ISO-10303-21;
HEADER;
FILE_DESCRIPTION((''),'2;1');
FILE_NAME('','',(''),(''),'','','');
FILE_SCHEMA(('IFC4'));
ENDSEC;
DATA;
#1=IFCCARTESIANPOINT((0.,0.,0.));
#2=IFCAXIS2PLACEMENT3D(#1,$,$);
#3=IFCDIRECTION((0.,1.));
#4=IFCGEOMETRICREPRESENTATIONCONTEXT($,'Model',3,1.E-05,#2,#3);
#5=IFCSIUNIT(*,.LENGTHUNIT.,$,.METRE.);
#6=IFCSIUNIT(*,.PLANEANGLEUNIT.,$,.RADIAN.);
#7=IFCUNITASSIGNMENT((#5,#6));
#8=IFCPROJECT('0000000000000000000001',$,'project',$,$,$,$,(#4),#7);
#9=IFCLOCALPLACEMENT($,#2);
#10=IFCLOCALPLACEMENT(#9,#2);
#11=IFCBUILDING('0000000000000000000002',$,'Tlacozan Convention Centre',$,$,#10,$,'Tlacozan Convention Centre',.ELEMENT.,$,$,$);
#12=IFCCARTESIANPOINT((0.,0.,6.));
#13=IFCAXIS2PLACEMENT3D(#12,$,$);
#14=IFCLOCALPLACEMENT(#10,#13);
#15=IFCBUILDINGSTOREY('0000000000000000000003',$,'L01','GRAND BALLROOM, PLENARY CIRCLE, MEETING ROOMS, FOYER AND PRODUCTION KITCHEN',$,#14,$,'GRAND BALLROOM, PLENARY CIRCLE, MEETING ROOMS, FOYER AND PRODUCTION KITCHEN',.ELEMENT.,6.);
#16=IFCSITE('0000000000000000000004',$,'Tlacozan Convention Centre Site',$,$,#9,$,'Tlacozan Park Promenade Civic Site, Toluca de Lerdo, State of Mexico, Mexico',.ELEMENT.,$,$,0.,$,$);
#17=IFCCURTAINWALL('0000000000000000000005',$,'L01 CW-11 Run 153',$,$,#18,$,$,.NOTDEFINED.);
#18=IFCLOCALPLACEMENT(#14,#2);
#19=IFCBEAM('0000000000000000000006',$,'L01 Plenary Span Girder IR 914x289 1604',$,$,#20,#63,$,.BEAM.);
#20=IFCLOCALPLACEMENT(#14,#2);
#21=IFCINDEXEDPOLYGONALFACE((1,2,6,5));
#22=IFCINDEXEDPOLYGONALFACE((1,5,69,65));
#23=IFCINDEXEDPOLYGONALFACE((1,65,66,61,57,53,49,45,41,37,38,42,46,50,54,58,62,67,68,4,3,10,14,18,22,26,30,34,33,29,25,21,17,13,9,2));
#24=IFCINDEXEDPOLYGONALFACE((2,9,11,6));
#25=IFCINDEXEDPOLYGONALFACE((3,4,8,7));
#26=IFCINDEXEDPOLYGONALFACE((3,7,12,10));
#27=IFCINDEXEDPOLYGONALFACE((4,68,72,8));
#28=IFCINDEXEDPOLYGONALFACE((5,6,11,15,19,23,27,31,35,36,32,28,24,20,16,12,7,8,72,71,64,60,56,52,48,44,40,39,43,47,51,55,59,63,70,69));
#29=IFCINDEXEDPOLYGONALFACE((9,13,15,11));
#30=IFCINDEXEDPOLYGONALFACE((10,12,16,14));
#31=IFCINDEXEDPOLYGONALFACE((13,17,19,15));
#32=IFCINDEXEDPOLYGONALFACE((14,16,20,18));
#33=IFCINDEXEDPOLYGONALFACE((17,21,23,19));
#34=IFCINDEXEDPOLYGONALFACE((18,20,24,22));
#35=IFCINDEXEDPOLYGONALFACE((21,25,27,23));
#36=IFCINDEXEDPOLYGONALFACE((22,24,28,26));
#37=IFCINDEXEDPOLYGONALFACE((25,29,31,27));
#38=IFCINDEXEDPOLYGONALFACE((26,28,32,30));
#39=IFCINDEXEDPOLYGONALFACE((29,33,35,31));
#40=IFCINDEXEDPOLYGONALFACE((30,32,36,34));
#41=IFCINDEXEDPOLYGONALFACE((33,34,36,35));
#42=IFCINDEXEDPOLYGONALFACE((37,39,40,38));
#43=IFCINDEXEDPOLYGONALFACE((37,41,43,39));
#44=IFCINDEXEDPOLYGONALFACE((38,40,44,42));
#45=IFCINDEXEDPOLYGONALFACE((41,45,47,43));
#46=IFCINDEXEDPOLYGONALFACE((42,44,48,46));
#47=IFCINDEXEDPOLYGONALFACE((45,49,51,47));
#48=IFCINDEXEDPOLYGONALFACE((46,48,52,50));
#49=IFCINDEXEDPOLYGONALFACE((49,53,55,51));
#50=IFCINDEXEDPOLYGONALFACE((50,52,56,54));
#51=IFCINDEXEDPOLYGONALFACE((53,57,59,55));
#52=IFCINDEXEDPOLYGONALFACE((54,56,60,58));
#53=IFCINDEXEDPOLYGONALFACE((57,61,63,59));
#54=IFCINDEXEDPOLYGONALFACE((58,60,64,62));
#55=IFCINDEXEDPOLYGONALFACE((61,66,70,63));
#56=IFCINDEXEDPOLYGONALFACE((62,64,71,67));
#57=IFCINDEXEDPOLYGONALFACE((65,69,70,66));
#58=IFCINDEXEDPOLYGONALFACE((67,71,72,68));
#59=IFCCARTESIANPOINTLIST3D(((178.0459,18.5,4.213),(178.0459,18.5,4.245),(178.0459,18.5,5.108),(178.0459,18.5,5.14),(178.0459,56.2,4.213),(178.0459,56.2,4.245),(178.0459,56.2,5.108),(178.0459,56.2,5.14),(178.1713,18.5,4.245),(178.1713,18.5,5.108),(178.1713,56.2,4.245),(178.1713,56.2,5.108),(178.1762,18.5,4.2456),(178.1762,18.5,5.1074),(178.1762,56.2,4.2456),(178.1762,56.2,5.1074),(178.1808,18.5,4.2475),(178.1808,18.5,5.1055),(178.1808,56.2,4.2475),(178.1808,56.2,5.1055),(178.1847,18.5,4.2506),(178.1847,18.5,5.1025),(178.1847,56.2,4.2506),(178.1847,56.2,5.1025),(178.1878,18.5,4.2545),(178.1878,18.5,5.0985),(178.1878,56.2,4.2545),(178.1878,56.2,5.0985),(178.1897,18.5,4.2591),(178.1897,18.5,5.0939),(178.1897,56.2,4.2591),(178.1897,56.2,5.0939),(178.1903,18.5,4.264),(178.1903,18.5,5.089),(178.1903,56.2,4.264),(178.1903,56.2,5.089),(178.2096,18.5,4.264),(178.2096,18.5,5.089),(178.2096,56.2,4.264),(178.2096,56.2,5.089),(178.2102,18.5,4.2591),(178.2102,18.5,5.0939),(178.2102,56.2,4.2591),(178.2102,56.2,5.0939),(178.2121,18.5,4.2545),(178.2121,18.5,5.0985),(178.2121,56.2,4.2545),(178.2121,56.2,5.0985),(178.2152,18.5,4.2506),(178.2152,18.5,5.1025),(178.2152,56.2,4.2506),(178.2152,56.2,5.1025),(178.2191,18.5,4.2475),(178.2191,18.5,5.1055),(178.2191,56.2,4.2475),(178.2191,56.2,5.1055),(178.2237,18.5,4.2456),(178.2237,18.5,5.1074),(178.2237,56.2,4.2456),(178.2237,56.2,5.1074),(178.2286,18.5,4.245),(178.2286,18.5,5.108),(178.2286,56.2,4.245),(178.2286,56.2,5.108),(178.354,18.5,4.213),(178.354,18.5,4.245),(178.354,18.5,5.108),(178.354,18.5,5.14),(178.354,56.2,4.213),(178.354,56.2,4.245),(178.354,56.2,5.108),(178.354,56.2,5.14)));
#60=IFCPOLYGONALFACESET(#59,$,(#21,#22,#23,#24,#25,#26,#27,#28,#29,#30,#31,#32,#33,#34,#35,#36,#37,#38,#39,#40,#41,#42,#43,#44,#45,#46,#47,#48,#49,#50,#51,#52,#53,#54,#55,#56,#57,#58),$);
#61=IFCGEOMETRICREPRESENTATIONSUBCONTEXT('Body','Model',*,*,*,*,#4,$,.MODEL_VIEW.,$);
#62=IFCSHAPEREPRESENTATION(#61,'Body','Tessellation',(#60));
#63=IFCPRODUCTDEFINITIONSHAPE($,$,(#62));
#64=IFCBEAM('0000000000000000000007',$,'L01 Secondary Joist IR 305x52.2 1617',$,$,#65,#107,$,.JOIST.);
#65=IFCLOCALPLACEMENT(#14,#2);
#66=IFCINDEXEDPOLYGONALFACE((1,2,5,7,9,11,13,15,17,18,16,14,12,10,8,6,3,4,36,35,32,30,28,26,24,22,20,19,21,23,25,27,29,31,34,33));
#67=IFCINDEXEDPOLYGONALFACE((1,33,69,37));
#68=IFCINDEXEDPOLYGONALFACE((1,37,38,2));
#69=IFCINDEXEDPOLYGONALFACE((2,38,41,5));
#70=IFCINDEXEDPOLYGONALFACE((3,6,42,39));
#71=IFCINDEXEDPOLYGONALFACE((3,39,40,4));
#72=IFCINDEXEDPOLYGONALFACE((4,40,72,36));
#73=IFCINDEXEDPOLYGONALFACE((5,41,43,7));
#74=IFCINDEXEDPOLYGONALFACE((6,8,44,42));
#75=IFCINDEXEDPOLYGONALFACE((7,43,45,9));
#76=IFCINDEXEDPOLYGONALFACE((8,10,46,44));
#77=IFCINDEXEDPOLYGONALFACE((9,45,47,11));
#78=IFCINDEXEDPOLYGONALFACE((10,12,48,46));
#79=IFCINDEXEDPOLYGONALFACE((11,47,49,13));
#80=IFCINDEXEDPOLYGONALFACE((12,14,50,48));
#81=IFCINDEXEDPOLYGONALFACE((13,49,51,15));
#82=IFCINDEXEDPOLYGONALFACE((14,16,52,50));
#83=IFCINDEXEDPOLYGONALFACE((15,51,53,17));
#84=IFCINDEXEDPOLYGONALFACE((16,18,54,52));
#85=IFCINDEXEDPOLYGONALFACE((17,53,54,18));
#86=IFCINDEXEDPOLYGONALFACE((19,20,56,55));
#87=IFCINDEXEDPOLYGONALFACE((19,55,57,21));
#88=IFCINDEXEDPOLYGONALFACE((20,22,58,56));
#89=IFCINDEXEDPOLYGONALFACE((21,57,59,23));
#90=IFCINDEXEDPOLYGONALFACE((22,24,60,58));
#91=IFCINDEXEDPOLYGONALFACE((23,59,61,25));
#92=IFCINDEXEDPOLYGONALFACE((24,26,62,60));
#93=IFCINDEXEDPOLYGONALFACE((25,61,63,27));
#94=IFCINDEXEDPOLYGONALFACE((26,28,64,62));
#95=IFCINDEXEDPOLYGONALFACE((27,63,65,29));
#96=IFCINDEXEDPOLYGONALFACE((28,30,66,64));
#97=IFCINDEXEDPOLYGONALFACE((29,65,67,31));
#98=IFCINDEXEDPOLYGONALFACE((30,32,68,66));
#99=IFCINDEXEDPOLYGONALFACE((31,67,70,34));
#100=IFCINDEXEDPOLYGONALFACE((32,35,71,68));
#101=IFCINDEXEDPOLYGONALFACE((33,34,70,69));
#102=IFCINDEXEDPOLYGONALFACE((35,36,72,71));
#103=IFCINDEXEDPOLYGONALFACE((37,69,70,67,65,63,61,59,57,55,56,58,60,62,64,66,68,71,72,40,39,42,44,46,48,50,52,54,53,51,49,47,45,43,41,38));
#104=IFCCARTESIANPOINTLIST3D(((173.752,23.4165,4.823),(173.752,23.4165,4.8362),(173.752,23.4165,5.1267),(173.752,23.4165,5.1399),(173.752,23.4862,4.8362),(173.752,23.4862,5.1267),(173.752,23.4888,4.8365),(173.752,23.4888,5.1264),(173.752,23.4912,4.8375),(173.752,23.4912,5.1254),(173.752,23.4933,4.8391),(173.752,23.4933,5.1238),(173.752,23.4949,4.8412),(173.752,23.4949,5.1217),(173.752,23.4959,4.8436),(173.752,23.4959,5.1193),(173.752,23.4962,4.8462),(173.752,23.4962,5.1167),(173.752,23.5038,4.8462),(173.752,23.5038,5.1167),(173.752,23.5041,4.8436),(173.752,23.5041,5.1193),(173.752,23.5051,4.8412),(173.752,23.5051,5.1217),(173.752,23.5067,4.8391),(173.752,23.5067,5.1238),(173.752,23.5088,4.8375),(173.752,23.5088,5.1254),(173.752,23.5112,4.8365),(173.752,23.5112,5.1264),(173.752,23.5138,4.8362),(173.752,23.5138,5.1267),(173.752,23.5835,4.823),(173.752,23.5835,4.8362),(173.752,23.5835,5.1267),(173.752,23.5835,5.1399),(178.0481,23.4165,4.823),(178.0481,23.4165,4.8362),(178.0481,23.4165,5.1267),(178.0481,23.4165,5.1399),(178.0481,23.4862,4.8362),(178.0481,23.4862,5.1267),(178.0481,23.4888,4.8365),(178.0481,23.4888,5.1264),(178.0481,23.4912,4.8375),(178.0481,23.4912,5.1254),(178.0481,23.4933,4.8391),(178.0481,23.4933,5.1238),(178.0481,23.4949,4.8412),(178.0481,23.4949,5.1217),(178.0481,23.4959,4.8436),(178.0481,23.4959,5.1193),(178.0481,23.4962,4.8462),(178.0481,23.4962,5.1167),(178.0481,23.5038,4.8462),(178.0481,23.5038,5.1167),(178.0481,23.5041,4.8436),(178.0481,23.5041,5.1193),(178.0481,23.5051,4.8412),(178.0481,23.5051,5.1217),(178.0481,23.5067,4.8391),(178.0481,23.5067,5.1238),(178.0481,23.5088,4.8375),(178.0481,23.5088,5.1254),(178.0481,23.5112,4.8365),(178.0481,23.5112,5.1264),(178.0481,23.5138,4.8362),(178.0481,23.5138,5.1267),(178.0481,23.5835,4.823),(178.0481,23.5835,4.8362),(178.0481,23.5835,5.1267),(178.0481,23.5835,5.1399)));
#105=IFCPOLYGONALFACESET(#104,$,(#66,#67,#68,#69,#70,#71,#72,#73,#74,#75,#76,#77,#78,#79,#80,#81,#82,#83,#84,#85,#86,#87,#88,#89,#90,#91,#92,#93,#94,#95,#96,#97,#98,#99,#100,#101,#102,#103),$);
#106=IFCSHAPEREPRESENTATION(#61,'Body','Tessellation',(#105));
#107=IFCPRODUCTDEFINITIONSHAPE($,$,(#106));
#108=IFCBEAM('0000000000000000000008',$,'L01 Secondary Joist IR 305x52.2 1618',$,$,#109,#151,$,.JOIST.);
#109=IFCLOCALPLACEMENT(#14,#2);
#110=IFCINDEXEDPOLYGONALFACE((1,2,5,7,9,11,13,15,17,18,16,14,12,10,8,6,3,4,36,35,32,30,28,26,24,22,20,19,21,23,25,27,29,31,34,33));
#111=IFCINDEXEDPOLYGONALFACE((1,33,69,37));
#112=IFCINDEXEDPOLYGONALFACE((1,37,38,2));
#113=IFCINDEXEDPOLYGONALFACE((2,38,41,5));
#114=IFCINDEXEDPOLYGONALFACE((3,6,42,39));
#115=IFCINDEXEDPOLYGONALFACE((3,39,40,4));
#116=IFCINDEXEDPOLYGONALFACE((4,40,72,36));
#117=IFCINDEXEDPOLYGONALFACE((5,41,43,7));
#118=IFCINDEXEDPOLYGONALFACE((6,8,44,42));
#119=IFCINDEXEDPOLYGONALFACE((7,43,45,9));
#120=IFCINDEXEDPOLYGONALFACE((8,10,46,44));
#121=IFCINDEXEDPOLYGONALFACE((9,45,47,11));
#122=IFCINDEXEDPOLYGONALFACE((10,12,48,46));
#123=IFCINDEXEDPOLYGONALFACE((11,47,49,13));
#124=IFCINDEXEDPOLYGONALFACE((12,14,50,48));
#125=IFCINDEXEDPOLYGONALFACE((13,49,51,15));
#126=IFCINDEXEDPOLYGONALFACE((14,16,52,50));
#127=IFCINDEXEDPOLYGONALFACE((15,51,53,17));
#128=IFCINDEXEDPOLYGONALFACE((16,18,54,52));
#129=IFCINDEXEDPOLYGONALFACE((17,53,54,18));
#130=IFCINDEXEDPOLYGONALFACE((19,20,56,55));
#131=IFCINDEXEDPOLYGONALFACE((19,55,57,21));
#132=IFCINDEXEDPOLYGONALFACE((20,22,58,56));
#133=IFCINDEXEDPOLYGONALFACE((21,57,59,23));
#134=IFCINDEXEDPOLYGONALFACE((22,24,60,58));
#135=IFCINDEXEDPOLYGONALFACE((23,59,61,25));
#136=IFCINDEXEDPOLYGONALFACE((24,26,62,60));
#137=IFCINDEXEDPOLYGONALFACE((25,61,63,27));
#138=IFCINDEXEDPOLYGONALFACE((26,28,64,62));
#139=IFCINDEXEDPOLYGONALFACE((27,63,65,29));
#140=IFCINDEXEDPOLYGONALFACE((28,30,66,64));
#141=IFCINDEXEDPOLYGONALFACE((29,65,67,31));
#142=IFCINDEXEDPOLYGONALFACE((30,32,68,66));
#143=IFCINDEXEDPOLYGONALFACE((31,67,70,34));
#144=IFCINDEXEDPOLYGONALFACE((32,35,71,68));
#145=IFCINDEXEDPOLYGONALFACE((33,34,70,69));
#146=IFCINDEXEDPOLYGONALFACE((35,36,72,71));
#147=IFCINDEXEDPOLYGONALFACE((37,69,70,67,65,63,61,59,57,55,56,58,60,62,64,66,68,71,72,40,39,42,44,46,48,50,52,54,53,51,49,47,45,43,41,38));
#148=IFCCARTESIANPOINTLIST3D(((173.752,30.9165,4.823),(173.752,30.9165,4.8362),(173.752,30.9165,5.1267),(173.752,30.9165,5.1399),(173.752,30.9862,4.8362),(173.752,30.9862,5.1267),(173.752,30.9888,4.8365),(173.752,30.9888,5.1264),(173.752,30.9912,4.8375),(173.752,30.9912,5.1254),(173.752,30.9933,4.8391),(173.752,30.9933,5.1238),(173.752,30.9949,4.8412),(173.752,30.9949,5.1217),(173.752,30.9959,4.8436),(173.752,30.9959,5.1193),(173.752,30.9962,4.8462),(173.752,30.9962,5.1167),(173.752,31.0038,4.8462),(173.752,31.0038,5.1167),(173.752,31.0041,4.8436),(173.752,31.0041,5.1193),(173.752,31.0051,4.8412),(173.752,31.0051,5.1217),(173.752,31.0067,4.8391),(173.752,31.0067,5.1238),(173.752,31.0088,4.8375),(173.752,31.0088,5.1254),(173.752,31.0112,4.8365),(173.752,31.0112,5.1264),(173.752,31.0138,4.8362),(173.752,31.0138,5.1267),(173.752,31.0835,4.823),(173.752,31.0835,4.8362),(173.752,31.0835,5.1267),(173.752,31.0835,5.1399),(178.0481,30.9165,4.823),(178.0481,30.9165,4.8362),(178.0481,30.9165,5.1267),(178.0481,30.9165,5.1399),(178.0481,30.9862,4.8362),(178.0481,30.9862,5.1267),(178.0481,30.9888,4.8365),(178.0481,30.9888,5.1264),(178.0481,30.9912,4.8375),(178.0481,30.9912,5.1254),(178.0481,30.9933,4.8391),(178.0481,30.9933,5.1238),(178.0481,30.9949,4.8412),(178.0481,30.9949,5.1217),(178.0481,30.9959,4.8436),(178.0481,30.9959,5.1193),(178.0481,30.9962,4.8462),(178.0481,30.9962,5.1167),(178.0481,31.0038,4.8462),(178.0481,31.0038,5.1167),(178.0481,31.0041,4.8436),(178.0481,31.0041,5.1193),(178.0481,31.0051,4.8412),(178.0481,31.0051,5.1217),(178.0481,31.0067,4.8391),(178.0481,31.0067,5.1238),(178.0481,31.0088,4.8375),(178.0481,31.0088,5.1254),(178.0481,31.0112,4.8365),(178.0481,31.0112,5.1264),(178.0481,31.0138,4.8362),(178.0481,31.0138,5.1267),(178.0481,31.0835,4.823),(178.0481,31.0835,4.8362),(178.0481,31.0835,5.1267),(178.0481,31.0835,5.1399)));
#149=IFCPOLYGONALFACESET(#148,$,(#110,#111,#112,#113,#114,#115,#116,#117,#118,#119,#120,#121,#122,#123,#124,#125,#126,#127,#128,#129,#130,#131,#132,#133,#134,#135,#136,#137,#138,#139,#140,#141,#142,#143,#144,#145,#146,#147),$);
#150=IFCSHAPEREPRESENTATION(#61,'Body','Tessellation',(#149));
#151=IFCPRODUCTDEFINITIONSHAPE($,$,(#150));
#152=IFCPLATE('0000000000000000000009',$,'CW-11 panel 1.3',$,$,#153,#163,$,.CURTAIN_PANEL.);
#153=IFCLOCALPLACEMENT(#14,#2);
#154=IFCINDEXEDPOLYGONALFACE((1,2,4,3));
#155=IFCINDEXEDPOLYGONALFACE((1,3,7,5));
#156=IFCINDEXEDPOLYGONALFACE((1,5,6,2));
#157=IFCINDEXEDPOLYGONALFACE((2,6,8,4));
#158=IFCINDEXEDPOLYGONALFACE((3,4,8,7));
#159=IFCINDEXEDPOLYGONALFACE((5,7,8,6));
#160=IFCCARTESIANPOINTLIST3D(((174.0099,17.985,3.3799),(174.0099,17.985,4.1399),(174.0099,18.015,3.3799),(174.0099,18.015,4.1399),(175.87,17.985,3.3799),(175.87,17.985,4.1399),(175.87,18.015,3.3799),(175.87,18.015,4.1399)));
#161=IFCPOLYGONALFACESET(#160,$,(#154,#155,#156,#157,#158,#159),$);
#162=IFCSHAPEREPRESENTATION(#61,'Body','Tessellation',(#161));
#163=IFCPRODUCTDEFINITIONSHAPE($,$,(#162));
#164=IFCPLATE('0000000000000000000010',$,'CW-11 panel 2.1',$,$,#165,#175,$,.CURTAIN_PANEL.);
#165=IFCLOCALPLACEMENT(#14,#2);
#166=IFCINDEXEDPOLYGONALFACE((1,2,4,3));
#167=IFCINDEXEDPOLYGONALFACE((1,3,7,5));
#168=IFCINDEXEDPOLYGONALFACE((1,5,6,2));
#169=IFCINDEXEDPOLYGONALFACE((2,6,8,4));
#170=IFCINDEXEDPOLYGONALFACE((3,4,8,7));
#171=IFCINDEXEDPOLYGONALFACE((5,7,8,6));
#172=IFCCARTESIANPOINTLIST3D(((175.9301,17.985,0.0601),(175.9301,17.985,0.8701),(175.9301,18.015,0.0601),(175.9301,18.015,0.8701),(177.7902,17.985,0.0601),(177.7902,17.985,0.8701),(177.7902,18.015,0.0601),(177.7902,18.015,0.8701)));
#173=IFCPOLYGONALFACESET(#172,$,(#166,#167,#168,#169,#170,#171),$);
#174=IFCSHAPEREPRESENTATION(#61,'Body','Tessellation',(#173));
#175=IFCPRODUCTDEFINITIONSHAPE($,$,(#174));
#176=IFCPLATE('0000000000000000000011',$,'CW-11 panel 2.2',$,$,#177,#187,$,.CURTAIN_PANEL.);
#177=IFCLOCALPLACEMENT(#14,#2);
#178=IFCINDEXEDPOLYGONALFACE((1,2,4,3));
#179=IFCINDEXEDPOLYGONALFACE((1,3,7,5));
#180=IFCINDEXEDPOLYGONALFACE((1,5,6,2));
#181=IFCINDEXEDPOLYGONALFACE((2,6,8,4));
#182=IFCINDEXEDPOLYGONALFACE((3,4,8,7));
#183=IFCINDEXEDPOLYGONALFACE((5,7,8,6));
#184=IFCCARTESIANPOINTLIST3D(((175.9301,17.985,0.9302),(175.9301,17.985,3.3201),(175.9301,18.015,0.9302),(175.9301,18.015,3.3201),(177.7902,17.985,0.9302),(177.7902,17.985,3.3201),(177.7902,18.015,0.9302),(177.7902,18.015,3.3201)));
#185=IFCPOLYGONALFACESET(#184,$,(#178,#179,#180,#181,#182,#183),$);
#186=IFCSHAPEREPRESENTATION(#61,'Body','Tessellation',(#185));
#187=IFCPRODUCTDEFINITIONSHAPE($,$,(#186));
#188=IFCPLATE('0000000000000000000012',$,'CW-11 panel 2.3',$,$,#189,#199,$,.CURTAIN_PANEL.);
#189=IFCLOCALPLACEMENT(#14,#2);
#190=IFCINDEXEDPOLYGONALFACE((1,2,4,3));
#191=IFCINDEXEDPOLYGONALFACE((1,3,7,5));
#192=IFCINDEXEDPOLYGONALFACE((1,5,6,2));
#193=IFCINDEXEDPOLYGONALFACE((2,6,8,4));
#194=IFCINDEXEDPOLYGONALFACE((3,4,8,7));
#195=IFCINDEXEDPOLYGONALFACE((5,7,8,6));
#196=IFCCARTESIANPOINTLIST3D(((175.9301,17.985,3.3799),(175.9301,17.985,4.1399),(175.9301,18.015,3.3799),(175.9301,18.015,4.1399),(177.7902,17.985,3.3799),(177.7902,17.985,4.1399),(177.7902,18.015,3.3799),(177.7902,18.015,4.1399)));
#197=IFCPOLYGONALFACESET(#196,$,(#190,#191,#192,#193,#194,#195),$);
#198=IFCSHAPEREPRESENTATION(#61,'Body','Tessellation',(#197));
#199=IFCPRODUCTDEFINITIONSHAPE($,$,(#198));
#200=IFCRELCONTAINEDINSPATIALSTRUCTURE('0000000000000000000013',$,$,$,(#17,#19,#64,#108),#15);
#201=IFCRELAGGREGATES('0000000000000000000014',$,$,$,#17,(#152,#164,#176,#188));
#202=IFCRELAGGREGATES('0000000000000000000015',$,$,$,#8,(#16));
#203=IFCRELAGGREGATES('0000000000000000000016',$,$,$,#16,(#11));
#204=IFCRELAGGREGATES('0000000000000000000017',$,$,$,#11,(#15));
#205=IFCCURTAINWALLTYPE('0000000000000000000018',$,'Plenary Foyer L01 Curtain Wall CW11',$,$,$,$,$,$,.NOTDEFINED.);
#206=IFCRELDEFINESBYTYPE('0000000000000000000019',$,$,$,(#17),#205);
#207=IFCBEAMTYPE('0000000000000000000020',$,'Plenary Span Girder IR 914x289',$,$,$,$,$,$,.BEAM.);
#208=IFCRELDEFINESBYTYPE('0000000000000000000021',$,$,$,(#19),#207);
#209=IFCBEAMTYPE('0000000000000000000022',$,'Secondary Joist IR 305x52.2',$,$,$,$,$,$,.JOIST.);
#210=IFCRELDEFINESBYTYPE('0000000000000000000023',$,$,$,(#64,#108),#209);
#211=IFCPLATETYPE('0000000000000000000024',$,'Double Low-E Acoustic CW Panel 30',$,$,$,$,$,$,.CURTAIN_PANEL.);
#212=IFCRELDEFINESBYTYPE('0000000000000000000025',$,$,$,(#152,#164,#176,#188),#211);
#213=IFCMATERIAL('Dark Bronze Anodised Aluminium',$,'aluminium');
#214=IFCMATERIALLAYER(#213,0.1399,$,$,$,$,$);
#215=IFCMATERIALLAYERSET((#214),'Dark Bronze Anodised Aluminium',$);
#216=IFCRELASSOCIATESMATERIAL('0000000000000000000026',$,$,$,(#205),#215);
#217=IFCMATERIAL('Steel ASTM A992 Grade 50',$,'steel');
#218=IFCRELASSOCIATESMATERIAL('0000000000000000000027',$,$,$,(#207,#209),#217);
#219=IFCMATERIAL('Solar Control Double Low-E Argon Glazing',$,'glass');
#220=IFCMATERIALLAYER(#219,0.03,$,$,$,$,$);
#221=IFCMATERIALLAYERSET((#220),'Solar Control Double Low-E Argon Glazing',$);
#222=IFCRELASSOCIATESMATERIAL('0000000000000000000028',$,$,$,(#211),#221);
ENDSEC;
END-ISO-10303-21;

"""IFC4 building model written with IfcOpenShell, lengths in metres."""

from ifc_helpers import new_model, si_unit, direction, frame, origin, origin_2d, place, context, subcontext, project, spatial, rectangle, i_section, extrude, material, layer, layer_set, material_profile, profile_set, type_object, element, aggregate, save


model = new_model("IFC4")

# Units and contexts
model_context = context("Model", 3, precision=1e-05, world=origin(), true_north=direction((0.0, 1.0)))
body_context = subcontext(model_context, "Body", "Model", "MODEL_VIEW")
ifc_project = project(units=[si_unit("LENGTHUNIT", "METRE"), si_unit("PLANEANGLEUNIT", "RADIAN")], contexts=[model_context])

# Site, building, storey
site_placement = place(None, origin())
site = spatial("IfcSite", under=ifc_project, at=site_placement, Name="Tlacozan Convention Centre Site", LongName="Tlacozan Park Promenade Civic Site, Toluca de Lerdo, State of Mexico, Mexico", CompositionType="ELEMENT", RefElevation=0.0)
building_placement = place(site_placement, origin())
building = spatial("IfcBuilding", under=site, at=building_placement, Name="Tlacozan Convention Centre", LongName="Tlacozan Convention Centre", CompositionType="ELEMENT")
storey_placement = place(building_placement, frame((0.0, 0.0, 6.0)))
storey = spatial("IfcBuildingStorey", under=building, at=storey_placement, Name="L01", Description="GRAND BALLROOM, PLENARY CIRCLE, MEETING ROOMS, FOYER AND PRODUCTION KITCHEN", LongName="GRAND BALLROOM, PLENARY CIRCLE, MEETING ROOMS, FOYER AND PRODUCTION KITCHEN", CompositionType="ELEMENT", Elevation=6.0)

# Curtain wall
ifc_material_1 = material(Name="Dark Bronze Anodised Aluminium", Category="aluminium")
ifc_layer_1 = layer(ifc_material_1, 0.1399)
ifc_layer_set_1 = layer_set([ifc_layer_1], Name="Dark Bronze Anodised Aluminium")
curtain_wall_type = type_object("IfcCurtainWallType", Name="Plenary Foyer L01 Curtain Wall CW11", PredefinedType="NOTDEFINED", material=ifc_layer_set_1)
curtain_wall_placement = place(storey_placement, origin())
curtain_wall = element("IfcCurtainWall", 1, at=curtain_wall_placement, inside=storey, type_object=curtain_wall_type, Name="L01 CW-11 Run 153", PredefinedType="NOTDEFINED")

# Beams
ifc_material_2 = material(Name="Steel ASTM A992 Grade 50", Category="steel")
ifc_material_profile_1 = material_profile(ifc_material_2, i_section(OverallWidth=0.3081, OverallDepth=0.927, WebThickness=0.0193, FlangeThickness=0.032, FilletRadius=0.019, at=origin_2d()), Name="IR 914x289.0")
ifc_profile_set_1 = profile_set([ifc_material_profile_1], Name="Steel ASTM A992 Grade 50")
beam_type_1 = type_object("IfcBeamType", Name="Plenary Span Girder IR 914x289", PredefinedType="BEAM", material=ifc_profile_set_1)
beam_1_placement = place(storey_placement, frame((178.2, 18.5, 4.6765), z_axis=(0.0, 1.0, 0.0), x_axis=(-1.0, 0.0, 0.0)))
element("IfcBeam", 2, at=beam_1_placement, inside=storey, type_object=beam_type_1, Name="L01 Plenary Span Girder IR 914x289 1604", PredefinedType="BEAM", context=body_context, shape_type="SweptSolid", body=[
    extrude(i_section(OverallWidth=0.3081, OverallDepth=0.927, WebThickness=0.0193, FlangeThickness=0.032, FilletRadius=0.019, at=origin_2d()), origin(), (0.0, 0.0, 1.0), 37.7),
])
ifc_material_profile_2 = material_profile(ifc_material_2, i_section(OverallWidth=0.167, OverallDepth=0.3169, WebThickness=0.0076, FlangeThickness=0.0132, FilletRadius=0.01, at=origin_2d()), Name="IR 305x52.2")
ifc_profile_set_2 = profile_set([ifc_material_profile_2], Name="Steel ASTM A992 Grade 50")
beam_type_2 = type_object("IfcBeamType", Name="Secondary Joist IR 305x52.2", PredefinedType="JOIST", material=ifc_profile_set_2)
for number, where, z_axis, x_axis, name in (
    (3, (173.752, 23.5, 4.9814), (1.0, 0.0, 0.0), (0.0, 1.0, 0.0), "L01 Secondary Joist IR 305x52.2 1617"),
    (4, (173.752, 31.0, 4.9814), (1.0, 0.0, 0.0), (0.0, 1.0, 0.0), "L01 Secondary Joist IR 305x52.2 1618"),
):
    element("IfcBeam", number, at=place(storey_placement, frame(where, z_axis=z_axis, x_axis=x_axis)), inside=storey, type_object=beam_type_2, Name=name, PredefinedType="JOIST", context=body_context, shape_type="SweptSolid", body=[
        extrude(i_section(OverallWidth=0.167, OverallDepth=0.3169, WebThickness=0.0076, FlangeThickness=0.0132, FilletRadius=0.01, at=origin_2d()), origin(), (0.0, 0.0, 1.0), 4.2961),
    ])

# Plates
ifc_material_3 = material(Name="Solar Control Double Low-E Argon Glazing", Category="glass")
ifc_layer_2 = layer(ifc_material_3, 0.03)
ifc_layer_set_2 = layer_set([ifc_layer_2], Name="Solar Control Double Low-E Argon Glazing")
plate_type = type_object("IfcPlateType", Name="Double Low-E Acoustic CW Panel 30", PredefinedType="CURTAIN_PANEL", material=ifc_layer_set_2)
plate_1_placement = place(storey_placement, frame((174.9399, 18.0, 3.3799), z_axis=(0.0, 0.0, 1.0), x_axis=(1.0, 0.0, 0.0)))
plate_1 = element("IfcPlate", 5, at=plate_1_placement, type_object=plate_type, Name="CW-11 panel 1.3", PredefinedType="CURTAIN_PANEL", context=body_context, shape_type="SweptSolid", body=[
    extrude(rectangle(XDim=1.8601, YDim=0.03, at=origin_2d()), origin(), (0.0, 0.0, 1.0), 0.76),
])
plate_2_placement = place(storey_placement, frame((176.8601, 18.0, 0.0601), z_axis=(0.0, 0.0, 1.0), x_axis=(1.0, 0.0, 0.0)))
plate_2 = element("IfcPlate", 6, at=plate_2_placement, type_object=plate_type, Name="CW-11 panel 2.1", PredefinedType="CURTAIN_PANEL", context=body_context, shape_type="SweptSolid", body=[
    extrude(rectangle(XDim=1.8601, YDim=0.03, at=origin_2d()), origin(), (0.0, 0.0, 1.0), 0.8101),
])
plate_3_placement = place(storey_placement, frame((176.8601, 18.0, 0.9302), z_axis=(0.0, 0.0, 1.0), x_axis=(1.0, 0.0, 0.0)))
plate_3 = element("IfcPlate", 7, at=plate_3_placement, type_object=plate_type, Name="CW-11 panel 2.2", PredefinedType="CURTAIN_PANEL", context=body_context, shape_type="SweptSolid", body=[
    extrude(rectangle(XDim=1.8601, YDim=0.03, at=origin_2d()), origin(), (0.0, 0.0, 1.0), 2.3899),
])
plate_4_placement = place(storey_placement, frame((176.8601, 18.0, 3.3799), z_axis=(0.0, 0.0, 1.0), x_axis=(1.0, 0.0, 0.0)))
plate_4 = element("IfcPlate", 8, at=plate_4_placement, type_object=plate_type, Name="CW-11 panel 2.3", PredefinedType="CURTAIN_PANEL", context=body_context, shape_type="SweptSolid", body=[
    extrude(rectangle(XDim=1.8601, YDim=0.03, at=origin_2d()), origin(), (0.0, 0.0, 1.0), 0.76),
])
aggregate(curtain_wall, [plate_1, plate_2, plate_3, plate_4])

save(model, "model.ifc")
